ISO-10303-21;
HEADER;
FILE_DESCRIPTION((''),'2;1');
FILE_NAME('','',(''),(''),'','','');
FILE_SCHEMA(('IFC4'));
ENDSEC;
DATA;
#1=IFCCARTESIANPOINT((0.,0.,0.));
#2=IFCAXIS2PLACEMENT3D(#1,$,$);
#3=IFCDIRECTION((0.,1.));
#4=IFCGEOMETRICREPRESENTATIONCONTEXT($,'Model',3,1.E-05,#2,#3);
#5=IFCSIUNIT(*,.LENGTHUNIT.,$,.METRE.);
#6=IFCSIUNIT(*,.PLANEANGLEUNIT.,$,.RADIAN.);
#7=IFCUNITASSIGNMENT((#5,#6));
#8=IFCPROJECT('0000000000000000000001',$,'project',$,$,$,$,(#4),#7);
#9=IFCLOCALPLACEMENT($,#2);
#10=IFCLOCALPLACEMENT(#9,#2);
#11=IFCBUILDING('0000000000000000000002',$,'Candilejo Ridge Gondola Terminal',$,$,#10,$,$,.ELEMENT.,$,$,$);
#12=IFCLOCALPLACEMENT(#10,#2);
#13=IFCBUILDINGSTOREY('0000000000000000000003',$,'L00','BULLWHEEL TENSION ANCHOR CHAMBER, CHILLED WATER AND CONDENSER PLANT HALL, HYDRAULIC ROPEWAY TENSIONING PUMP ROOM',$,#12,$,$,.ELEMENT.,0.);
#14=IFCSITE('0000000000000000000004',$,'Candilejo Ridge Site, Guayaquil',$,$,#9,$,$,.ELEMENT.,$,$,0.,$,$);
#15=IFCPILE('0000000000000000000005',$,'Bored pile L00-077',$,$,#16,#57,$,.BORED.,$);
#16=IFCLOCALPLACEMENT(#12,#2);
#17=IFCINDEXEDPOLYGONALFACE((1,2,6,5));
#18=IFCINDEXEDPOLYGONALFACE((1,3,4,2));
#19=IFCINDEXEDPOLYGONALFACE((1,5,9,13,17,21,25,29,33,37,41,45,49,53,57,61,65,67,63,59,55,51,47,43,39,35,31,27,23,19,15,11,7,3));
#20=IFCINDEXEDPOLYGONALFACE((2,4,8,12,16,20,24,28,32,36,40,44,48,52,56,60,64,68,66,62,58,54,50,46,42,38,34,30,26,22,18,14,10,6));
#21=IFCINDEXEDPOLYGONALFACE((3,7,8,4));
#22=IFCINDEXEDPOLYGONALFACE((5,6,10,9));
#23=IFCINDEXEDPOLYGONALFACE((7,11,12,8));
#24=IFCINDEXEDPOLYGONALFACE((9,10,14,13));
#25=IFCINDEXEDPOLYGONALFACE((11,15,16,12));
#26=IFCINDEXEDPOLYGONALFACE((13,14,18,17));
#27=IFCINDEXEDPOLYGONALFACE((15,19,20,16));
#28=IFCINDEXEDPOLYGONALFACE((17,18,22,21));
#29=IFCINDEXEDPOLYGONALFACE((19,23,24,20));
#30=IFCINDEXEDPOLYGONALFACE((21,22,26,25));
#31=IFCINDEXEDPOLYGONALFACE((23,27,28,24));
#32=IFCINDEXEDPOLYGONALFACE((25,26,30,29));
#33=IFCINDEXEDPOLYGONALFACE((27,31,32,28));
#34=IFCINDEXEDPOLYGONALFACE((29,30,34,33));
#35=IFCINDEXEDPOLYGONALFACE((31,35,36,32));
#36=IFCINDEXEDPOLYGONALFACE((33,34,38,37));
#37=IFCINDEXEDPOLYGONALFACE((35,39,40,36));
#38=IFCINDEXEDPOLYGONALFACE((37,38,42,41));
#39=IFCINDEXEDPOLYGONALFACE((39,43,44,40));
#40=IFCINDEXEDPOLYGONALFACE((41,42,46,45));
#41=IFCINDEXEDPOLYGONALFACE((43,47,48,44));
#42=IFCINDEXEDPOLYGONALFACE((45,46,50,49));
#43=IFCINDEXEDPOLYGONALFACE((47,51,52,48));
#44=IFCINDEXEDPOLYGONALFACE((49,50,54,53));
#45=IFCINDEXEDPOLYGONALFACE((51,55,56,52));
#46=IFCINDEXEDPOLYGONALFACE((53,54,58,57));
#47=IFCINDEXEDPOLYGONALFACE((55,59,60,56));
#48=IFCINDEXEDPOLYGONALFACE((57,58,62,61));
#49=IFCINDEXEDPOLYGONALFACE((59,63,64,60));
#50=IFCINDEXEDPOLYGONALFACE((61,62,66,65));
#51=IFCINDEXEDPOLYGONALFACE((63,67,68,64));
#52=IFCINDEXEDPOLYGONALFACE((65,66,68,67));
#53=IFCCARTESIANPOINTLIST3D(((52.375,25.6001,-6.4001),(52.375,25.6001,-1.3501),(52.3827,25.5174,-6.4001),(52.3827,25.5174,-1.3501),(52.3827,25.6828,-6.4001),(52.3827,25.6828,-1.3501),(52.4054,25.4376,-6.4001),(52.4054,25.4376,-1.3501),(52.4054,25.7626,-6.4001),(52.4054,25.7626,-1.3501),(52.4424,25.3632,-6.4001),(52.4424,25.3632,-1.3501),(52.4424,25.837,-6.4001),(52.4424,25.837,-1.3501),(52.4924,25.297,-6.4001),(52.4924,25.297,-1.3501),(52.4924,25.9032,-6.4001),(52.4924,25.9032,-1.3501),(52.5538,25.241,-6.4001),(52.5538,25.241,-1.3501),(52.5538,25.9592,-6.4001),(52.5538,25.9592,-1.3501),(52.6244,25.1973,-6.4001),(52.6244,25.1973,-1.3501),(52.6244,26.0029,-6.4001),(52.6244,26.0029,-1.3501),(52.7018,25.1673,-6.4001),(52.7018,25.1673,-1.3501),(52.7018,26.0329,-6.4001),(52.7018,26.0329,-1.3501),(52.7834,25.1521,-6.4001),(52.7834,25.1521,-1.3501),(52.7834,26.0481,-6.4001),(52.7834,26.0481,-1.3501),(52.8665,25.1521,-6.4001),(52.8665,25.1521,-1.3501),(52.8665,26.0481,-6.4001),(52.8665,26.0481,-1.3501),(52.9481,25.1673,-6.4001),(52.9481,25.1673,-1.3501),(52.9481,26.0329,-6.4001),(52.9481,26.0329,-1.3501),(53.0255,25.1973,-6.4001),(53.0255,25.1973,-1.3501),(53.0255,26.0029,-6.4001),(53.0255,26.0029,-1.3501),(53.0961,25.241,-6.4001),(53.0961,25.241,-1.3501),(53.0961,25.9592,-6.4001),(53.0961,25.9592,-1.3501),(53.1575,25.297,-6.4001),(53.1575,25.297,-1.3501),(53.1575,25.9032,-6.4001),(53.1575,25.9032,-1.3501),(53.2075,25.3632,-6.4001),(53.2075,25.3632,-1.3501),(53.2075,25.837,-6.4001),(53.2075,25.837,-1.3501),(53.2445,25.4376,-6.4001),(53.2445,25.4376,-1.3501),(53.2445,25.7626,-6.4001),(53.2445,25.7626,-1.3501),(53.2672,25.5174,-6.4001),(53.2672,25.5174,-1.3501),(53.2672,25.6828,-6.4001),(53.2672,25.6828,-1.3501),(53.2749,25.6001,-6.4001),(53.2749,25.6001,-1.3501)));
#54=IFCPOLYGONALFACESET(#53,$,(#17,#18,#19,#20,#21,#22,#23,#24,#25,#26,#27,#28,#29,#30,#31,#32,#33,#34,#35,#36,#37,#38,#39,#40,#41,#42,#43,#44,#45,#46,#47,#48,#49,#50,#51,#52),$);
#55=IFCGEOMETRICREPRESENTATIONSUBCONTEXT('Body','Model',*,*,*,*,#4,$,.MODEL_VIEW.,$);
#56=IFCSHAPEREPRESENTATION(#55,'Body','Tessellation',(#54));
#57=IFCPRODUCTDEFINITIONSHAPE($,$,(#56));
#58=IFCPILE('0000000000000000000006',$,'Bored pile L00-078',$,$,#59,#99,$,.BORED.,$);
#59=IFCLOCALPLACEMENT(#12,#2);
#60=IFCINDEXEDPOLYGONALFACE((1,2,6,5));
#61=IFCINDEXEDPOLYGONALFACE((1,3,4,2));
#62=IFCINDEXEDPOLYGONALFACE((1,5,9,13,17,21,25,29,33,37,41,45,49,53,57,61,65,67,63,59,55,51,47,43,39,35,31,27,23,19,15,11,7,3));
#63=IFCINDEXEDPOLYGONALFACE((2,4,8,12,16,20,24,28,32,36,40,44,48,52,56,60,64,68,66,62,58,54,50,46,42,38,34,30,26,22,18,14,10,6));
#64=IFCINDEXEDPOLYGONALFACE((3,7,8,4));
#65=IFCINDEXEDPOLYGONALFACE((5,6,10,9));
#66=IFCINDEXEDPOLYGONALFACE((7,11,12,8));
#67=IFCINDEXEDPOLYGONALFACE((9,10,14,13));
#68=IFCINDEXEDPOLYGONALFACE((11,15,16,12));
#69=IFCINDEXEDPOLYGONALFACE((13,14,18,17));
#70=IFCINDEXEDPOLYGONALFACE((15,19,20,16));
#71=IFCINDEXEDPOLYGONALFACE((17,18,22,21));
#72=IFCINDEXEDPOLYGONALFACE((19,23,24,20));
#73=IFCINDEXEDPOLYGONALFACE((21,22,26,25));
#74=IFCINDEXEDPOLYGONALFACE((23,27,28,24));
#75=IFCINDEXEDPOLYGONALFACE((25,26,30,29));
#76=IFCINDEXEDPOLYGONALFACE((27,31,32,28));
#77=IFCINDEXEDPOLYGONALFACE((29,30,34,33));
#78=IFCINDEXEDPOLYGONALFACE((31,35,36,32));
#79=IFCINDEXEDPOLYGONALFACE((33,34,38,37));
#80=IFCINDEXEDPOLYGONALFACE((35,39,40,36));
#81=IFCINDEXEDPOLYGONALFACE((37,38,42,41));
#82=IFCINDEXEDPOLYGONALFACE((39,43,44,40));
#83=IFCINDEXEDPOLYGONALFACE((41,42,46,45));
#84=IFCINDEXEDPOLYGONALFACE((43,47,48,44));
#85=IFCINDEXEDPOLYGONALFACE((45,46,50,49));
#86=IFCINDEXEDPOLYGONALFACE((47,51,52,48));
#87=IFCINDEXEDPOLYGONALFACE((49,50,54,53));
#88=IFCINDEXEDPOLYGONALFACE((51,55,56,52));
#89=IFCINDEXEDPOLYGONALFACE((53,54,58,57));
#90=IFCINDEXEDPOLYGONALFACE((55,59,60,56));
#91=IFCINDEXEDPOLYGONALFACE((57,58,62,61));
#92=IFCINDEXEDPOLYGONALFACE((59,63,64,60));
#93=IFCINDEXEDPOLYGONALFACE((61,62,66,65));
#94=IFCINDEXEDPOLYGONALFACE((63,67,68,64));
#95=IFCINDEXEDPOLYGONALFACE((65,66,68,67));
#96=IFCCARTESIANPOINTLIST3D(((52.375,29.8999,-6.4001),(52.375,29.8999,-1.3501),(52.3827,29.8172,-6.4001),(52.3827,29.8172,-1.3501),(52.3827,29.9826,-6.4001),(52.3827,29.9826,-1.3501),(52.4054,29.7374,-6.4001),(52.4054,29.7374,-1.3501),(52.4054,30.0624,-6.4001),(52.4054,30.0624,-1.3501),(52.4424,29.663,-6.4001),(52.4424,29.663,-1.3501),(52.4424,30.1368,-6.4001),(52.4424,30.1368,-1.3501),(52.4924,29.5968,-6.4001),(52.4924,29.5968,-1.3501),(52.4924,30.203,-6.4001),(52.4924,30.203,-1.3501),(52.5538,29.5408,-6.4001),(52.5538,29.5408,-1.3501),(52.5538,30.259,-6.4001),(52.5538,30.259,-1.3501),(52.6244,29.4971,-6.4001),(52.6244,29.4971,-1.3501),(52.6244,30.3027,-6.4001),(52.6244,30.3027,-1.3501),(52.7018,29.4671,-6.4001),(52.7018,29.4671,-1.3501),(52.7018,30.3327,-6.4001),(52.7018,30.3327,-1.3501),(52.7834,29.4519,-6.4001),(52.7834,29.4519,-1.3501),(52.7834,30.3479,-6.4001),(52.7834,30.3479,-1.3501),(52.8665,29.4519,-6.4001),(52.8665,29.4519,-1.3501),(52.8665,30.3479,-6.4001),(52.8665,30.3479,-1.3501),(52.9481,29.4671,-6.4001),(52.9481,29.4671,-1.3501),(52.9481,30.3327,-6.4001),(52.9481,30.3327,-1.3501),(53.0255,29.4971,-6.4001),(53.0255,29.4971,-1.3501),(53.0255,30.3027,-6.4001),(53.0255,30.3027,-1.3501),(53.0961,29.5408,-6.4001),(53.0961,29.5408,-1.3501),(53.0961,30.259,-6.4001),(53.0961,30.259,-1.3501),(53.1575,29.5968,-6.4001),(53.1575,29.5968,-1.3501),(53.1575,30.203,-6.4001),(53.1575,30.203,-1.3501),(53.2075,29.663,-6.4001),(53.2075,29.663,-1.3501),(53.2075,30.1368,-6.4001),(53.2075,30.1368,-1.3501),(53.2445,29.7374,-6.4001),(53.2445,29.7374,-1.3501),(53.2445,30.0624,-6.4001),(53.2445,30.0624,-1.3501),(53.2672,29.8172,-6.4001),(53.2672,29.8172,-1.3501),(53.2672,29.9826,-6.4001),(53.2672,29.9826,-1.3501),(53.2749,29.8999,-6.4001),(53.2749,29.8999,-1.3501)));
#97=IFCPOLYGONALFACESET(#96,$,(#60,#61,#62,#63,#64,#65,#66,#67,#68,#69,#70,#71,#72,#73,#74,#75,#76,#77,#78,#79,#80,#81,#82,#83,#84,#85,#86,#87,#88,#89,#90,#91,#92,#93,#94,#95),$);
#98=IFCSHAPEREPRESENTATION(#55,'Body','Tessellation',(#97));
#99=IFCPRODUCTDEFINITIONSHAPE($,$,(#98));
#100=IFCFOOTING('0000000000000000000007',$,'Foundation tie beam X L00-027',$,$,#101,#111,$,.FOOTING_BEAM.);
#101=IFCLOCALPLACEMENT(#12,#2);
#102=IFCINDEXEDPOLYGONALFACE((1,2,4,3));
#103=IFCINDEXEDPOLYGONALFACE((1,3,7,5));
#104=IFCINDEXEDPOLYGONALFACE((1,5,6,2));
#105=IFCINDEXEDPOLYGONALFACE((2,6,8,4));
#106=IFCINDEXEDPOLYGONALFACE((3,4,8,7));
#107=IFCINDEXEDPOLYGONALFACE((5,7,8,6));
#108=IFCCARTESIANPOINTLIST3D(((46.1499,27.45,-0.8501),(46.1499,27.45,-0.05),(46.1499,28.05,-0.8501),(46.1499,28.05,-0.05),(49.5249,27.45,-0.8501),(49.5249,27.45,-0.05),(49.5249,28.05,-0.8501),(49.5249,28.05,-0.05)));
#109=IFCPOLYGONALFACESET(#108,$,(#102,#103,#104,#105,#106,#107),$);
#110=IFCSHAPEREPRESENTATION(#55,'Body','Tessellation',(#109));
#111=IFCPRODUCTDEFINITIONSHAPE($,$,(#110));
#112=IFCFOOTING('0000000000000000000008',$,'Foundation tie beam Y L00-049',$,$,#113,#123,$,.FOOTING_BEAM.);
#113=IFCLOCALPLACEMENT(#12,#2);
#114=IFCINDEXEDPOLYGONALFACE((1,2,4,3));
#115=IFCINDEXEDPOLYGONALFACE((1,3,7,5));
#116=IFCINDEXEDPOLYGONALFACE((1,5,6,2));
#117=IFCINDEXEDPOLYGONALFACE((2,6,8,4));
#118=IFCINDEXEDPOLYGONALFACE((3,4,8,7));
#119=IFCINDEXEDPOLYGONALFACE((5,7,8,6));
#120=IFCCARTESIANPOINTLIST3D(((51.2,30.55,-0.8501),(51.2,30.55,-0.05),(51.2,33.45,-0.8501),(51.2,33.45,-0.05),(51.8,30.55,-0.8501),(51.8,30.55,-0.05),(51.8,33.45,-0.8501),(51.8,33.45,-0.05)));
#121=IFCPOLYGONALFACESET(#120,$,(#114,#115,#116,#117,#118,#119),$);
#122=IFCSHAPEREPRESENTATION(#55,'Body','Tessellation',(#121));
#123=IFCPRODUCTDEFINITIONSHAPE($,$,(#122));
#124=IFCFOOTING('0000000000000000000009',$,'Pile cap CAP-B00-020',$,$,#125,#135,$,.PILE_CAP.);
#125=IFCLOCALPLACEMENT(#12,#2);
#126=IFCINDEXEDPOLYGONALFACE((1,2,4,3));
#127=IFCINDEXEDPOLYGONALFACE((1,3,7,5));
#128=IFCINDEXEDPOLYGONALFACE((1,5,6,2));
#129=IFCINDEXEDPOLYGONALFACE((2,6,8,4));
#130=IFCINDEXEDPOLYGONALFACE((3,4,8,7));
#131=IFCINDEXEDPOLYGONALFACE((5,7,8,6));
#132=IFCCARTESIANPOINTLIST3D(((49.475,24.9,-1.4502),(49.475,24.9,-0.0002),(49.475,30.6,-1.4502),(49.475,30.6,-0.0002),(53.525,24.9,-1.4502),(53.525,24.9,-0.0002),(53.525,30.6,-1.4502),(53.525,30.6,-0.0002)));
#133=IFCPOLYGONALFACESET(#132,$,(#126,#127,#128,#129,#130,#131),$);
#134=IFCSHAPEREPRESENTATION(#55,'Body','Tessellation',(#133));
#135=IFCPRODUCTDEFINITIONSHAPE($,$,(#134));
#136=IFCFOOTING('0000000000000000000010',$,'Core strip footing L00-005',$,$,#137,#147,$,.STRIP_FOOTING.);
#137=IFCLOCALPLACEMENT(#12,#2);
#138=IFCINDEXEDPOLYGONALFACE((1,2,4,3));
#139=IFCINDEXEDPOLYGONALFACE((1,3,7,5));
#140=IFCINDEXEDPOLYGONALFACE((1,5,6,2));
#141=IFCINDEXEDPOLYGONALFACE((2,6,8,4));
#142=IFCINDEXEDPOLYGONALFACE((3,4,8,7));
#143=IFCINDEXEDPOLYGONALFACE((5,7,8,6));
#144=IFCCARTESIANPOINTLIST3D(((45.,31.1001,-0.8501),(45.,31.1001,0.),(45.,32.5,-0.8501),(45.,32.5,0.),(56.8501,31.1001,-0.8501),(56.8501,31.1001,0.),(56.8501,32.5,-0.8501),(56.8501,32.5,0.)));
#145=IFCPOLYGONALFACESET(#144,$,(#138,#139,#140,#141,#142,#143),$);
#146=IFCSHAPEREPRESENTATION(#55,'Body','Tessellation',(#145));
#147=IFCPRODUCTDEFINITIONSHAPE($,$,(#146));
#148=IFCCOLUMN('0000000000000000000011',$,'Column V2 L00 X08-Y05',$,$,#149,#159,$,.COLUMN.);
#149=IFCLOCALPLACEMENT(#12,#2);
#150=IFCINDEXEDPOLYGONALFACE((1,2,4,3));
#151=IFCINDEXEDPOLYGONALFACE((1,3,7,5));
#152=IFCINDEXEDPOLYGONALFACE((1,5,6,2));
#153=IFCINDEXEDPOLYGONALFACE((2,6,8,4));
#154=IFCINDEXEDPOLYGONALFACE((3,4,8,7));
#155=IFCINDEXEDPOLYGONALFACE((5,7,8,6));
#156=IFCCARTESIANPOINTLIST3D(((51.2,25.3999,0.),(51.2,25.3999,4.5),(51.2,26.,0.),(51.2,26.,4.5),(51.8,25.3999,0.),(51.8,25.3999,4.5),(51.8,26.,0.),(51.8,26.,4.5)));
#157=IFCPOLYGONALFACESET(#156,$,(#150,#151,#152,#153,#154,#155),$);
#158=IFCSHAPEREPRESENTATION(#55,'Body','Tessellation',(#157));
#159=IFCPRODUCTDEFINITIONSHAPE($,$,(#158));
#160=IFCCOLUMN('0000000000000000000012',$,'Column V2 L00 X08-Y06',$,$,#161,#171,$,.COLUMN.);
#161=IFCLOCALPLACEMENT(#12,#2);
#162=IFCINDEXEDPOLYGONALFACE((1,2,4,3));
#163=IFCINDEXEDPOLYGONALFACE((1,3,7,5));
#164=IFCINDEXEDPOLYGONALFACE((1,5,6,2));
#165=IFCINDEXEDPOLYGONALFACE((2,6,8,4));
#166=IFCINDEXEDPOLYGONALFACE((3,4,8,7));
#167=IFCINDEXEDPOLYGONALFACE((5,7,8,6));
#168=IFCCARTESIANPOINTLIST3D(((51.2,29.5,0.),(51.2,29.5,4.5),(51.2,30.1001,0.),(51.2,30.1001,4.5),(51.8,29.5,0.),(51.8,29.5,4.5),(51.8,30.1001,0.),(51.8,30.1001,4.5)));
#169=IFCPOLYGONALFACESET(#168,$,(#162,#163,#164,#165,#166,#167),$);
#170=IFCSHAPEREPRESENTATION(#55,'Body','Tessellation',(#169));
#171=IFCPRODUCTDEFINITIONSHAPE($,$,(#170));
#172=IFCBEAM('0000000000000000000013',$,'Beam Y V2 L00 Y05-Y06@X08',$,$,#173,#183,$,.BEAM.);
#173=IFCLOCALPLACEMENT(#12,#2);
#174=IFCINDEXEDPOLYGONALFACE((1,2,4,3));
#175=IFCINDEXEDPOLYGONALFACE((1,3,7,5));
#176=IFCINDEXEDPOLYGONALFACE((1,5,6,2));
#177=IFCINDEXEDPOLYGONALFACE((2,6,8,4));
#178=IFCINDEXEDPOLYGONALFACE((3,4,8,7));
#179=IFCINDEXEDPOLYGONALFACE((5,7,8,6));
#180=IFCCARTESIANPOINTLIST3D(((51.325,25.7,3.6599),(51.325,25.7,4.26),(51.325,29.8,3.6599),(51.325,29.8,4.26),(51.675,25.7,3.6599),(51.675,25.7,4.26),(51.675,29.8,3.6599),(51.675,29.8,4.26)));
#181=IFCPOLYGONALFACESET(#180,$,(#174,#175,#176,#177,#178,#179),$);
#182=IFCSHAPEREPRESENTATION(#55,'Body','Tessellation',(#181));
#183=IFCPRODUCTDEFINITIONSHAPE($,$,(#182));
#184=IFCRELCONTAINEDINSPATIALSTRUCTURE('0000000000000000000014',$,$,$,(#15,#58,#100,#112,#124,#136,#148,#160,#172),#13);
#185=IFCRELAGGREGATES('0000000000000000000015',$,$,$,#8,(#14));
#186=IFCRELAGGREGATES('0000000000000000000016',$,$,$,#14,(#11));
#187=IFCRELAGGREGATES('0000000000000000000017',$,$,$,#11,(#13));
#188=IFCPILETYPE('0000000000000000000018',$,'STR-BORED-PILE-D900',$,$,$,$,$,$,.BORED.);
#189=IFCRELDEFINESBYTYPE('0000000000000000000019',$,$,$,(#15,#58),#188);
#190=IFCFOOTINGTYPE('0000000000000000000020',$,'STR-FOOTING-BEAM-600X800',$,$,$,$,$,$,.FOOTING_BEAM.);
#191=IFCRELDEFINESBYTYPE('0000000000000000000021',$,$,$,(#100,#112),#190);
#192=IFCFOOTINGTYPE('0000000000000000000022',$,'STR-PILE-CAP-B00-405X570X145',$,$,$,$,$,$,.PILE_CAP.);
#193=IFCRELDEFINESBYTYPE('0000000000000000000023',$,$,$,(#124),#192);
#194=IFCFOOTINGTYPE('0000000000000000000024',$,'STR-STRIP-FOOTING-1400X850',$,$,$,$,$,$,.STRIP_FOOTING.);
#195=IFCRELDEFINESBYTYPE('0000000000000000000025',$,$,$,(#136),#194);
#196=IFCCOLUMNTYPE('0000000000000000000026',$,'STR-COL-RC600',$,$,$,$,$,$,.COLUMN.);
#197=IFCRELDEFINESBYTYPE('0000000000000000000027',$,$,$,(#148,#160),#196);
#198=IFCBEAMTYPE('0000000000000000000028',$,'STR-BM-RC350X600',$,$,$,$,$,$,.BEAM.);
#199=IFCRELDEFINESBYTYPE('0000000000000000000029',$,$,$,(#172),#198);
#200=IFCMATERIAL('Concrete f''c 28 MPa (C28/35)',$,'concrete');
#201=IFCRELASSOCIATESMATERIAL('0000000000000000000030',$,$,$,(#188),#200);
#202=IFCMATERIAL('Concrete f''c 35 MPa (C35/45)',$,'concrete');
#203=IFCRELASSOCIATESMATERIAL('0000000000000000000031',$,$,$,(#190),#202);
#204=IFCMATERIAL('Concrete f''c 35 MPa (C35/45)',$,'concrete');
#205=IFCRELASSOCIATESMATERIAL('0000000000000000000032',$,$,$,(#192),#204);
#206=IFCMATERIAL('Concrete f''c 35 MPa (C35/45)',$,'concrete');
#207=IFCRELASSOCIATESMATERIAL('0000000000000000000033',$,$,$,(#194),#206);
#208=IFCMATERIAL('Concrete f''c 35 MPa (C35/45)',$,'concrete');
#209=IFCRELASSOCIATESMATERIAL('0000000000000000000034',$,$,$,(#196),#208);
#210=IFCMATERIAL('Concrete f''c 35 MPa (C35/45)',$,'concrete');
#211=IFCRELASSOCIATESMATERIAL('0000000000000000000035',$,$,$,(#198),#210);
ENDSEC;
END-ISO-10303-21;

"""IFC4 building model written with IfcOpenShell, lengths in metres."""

from ifc_helpers import new_model, si_unit, direction, frame, origin, origin_2d, place, context, subcontext, project, spatial, rectangle, circle, extrude, material, material_profile, profile_set, type_object, element, save


model = new_model("IFC4")

# Units and contexts
model_context = context("Model", 3, precision=1e-05, world=origin(), true_north=direction((0.0, 1.0)))
body_context = subcontext(model_context, "Body", "Model", "MODEL_VIEW")
ifc_project = project(units=[si_unit("LENGTHUNIT", "METRE"), si_unit("PLANEANGLEUNIT", "RADIAN")], contexts=[model_context])

# Site, building, storey
site_placement = place(None, origin())
site = spatial("IfcSite", under=ifc_project, at=site_placement, Name="Candilejo Ridge Site, Guayaquil", CompositionType="ELEMENT", RefElevation=0.0)
building_placement = place(site_placement, origin())
building = spatial("IfcBuilding", under=site, at=building_placement, Name="Candilejo Ridge Gondola Terminal", CompositionType="ELEMENT")
storey_placement = place(building_placement, origin())
storey = spatial("IfcBuildingStorey", under=building, at=storey_placement, Name="L00", Description="BULLWHEEL TENSION ANCHOR CHAMBER, CHILLED WATER AND CONDENSER PLANT HALL, HYDRAULIC ROPEWAY TENSIONING PUMP ROOM", CompositionType="ELEMENT", Elevation=0.0)

# Piles
ifc_material_1 = material(Name="Concrete f'c 28 MPa (C28/35)", Category="concrete")
ifc_material_profile_1 = material_profile(ifc_material_1, circle(Radius=0.45, at=origin_2d()))
ifc_profile_set_1 = profile_set([ifc_material_profile_1], Name="Concrete f'c 28 MPa (C28/35)")
pile_type = type_object("IfcPileType", Name="STR-BORED-PILE-D900", PredefinedType="BORED", material=ifc_profile_set_1)
for number, where, z_axis, x_axis, name in (
    (1, (52.825, 25.6001, -1.3501), (0.0, 0.0, -1.0), (1.0, 0.0, 0.0), "Bored pile L00-077"),
    (2, (52.825, 29.8999, -1.3501), (0.0, 0.0, -1.0), (1.0, 0.0, 0.0), "Bored pile L00-078"),
):
    element("IfcPile", number, at=place(storey_placement, frame(where, z_axis=z_axis, x_axis=x_axis)), inside=storey, type_object=pile_type, Name=name, PredefinedType="BORED", context=body_context, shape_type="SweptSolid", body=[
        extrude(circle(Radius=0.45, at=origin_2d()), origin(), (0.0, 0.0, 1.0), 5.05),
    ])

# Footings
ifc_material_2 = material(Name="Concrete f'c 35 MPa (C35/45)", Category="concrete")
footing_type_1 = type_object("IfcFootingType", Name="STR-FOOTING-BEAM-600X800", PredefinedType="FOOTING_BEAM", material=ifc_material_2)
footing_1_placement = place(storey_placement, frame((47.8374, 27.75, -0.8501), z_axis=(0.0, 0.0, 1.0), x_axis=(1.0, 0.0, 0.0)))
element("IfcFooting", 3, at=footing_1_placement, inside=storey, type_object=footing_type_1, Name="Foundation tie beam X L00-027", PredefinedType="FOOTING_BEAM", context=body_context, shape_type="SweptSolid", body=[
    extrude(rectangle(XDim=3.375, YDim=0.6001, at=origin_2d()), origin(), (0.0, 0.0, 1.0), 0.8),
])
footing_2_placement = place(storey_placement, frame((51.5, 32.0, -0.8501), z_axis=(0.0, 0.0, 1.0), x_axis=(1.0, 0.0, 0.0)))
element("IfcFooting", 4, at=footing_2_placement, inside=storey, type_object=footing_type_1, Name="Foundation tie beam Y L00-049", PredefinedType="FOOTING_BEAM", context=body_context, shape_type="SweptSolid", body=[
    extrude(rectangle(XDim=0.6001, YDim=2.8999, at=origin_2d()), origin(), (0.0, 0.0, 1.0), 0.8),
])
ifc_material_3 = material(Name="Concrete f'c 35 MPa (C35/45)", Category="concrete")
footing_type_2 = type_object("IfcFootingType", Name="STR-PILE-CAP-B00-405X570X145", PredefinedType="PILE_CAP", material=ifc_material_3)
footing_3_placement = place(storey_placement, frame((51.5, 27.75, -1.4502), z_axis=(0.0, 0.0, 1.0), x_axis=(1.0, 0.0, 0.0)))
element("IfcFooting", 5, at=footing_3_placement, inside=storey, type_object=footing_type_2, Name="Pile cap CAP-B00-020", PredefinedType="PILE_CAP", context=body_context, shape_type="SweptSolid", body=[
    extrude(rectangle(XDim=4.05, YDim=5.7, at=origin_2d()), origin(), (0.0, 0.0, 1.0), 1.45),
])
ifc_material_4 = material(Name="Concrete f'c 35 MPa (C35/45)", Category="concrete")
footing_type_3 = type_object("IfcFootingType", Name="STR-STRIP-FOOTING-1400X850", PredefinedType="STRIP_FOOTING", material=ifc_material_4)
footing_4_placement = place(storey_placement, frame((50.925, 31.8, -0.8501), z_axis=(0.0, 0.0, 1.0), x_axis=(1.0, 0.0, 0.0)))
element("IfcFooting", 6, at=footing_4_placement, inside=storey, type_object=footing_type_3, Name="Core strip footing L00-005", PredefinedType="STRIP_FOOTING", context=body_context, shape_type="SweptSolid", body=[
    extrude(rectangle(XDim=11.8501, YDim=1.3999, at=origin_2d()), origin(), (0.0, 0.0, 1.0), 0.8501),
])

# Columns
ifc_material_5 = material(Name="Concrete f'c 35 MPa (C35/45)", Category="concrete")
ifc_material_profile_2 = material_profile(ifc_material_5, rectangle(XDim=0.6001, YDim=0.6001, at=origin_2d()))
ifc_profile_set_2 = profile_set([ifc_material_profile_2], Name="Concrete f'c 35 MPa (C35/45)")
column_type = type_object("IfcColumnType", Name="STR-COL-RC600", PredefinedType="COLUMN", material=ifc_profile_set_2)
for number, where, z_axis, x_axis, name in (
    (7, (51.5, 25.7, 0.0), (0.0, 0.0, 1.0), (1.0, 0.0, 0.0), "Column V2 L00 X08-Y05"),
    (8, (51.5, 29.8, 0.0), (0.0, 0.0, 1.0), (1.0, 0.0, 0.0), "Column V2 L00 X08-Y06"),
):
    element("IfcColumn", number, at=place(storey_placement, frame(where, z_axis=z_axis, x_axis=x_axis)), inside=storey, type_object=column_type, Name=name, PredefinedType="COLUMN", context=body_context, shape_type="SweptSolid", body=[
        extrude(rectangle(XDim=0.6001, YDim=0.6001, at=origin_2d()), origin(), (0.0, 0.0, 1.0), 4.5),
    ])

# Beam
ifc_material_6 = material(Name="Concrete f'c 35 MPa (C35/45)", Category="concrete")
ifc_material_profile_3 = material_profile(ifc_material_6, rectangle(XDim=0.3501, YDim=0.6001, at=origin_2d()))
ifc_profile_set_3 = profile_set([ifc_material_profile_3], Name="Concrete f'c 35 MPa (C35/45)")
beam_type_1 = type_object("IfcBeamType", Name="STR-BM-RC350X600", PredefinedType="BEAM", material=ifc_profile_set_3)
beam_1_placement = place(storey_placement, frame((51.5, 25.7, 3.96), z_axis=(0.0, 1.0, 0.0), x_axis=(-1.0, 0.0, 0.0)))
element("IfcBeam", 9, at=beam_1_placement, inside=storey, type_object=beam_type_1, Name="Beam Y V2 L00 Y05-Y06@X08", PredefinedType="BEAM", context=body_context, shape_type="SweptSolid", body=[
    extrude(rectangle(XDim=0.3501, YDim=0.6001, at=origin_2d()), origin(), (0.0, 0.0, 1.0), 4.1001),
])

save(model, "model.ifc")
